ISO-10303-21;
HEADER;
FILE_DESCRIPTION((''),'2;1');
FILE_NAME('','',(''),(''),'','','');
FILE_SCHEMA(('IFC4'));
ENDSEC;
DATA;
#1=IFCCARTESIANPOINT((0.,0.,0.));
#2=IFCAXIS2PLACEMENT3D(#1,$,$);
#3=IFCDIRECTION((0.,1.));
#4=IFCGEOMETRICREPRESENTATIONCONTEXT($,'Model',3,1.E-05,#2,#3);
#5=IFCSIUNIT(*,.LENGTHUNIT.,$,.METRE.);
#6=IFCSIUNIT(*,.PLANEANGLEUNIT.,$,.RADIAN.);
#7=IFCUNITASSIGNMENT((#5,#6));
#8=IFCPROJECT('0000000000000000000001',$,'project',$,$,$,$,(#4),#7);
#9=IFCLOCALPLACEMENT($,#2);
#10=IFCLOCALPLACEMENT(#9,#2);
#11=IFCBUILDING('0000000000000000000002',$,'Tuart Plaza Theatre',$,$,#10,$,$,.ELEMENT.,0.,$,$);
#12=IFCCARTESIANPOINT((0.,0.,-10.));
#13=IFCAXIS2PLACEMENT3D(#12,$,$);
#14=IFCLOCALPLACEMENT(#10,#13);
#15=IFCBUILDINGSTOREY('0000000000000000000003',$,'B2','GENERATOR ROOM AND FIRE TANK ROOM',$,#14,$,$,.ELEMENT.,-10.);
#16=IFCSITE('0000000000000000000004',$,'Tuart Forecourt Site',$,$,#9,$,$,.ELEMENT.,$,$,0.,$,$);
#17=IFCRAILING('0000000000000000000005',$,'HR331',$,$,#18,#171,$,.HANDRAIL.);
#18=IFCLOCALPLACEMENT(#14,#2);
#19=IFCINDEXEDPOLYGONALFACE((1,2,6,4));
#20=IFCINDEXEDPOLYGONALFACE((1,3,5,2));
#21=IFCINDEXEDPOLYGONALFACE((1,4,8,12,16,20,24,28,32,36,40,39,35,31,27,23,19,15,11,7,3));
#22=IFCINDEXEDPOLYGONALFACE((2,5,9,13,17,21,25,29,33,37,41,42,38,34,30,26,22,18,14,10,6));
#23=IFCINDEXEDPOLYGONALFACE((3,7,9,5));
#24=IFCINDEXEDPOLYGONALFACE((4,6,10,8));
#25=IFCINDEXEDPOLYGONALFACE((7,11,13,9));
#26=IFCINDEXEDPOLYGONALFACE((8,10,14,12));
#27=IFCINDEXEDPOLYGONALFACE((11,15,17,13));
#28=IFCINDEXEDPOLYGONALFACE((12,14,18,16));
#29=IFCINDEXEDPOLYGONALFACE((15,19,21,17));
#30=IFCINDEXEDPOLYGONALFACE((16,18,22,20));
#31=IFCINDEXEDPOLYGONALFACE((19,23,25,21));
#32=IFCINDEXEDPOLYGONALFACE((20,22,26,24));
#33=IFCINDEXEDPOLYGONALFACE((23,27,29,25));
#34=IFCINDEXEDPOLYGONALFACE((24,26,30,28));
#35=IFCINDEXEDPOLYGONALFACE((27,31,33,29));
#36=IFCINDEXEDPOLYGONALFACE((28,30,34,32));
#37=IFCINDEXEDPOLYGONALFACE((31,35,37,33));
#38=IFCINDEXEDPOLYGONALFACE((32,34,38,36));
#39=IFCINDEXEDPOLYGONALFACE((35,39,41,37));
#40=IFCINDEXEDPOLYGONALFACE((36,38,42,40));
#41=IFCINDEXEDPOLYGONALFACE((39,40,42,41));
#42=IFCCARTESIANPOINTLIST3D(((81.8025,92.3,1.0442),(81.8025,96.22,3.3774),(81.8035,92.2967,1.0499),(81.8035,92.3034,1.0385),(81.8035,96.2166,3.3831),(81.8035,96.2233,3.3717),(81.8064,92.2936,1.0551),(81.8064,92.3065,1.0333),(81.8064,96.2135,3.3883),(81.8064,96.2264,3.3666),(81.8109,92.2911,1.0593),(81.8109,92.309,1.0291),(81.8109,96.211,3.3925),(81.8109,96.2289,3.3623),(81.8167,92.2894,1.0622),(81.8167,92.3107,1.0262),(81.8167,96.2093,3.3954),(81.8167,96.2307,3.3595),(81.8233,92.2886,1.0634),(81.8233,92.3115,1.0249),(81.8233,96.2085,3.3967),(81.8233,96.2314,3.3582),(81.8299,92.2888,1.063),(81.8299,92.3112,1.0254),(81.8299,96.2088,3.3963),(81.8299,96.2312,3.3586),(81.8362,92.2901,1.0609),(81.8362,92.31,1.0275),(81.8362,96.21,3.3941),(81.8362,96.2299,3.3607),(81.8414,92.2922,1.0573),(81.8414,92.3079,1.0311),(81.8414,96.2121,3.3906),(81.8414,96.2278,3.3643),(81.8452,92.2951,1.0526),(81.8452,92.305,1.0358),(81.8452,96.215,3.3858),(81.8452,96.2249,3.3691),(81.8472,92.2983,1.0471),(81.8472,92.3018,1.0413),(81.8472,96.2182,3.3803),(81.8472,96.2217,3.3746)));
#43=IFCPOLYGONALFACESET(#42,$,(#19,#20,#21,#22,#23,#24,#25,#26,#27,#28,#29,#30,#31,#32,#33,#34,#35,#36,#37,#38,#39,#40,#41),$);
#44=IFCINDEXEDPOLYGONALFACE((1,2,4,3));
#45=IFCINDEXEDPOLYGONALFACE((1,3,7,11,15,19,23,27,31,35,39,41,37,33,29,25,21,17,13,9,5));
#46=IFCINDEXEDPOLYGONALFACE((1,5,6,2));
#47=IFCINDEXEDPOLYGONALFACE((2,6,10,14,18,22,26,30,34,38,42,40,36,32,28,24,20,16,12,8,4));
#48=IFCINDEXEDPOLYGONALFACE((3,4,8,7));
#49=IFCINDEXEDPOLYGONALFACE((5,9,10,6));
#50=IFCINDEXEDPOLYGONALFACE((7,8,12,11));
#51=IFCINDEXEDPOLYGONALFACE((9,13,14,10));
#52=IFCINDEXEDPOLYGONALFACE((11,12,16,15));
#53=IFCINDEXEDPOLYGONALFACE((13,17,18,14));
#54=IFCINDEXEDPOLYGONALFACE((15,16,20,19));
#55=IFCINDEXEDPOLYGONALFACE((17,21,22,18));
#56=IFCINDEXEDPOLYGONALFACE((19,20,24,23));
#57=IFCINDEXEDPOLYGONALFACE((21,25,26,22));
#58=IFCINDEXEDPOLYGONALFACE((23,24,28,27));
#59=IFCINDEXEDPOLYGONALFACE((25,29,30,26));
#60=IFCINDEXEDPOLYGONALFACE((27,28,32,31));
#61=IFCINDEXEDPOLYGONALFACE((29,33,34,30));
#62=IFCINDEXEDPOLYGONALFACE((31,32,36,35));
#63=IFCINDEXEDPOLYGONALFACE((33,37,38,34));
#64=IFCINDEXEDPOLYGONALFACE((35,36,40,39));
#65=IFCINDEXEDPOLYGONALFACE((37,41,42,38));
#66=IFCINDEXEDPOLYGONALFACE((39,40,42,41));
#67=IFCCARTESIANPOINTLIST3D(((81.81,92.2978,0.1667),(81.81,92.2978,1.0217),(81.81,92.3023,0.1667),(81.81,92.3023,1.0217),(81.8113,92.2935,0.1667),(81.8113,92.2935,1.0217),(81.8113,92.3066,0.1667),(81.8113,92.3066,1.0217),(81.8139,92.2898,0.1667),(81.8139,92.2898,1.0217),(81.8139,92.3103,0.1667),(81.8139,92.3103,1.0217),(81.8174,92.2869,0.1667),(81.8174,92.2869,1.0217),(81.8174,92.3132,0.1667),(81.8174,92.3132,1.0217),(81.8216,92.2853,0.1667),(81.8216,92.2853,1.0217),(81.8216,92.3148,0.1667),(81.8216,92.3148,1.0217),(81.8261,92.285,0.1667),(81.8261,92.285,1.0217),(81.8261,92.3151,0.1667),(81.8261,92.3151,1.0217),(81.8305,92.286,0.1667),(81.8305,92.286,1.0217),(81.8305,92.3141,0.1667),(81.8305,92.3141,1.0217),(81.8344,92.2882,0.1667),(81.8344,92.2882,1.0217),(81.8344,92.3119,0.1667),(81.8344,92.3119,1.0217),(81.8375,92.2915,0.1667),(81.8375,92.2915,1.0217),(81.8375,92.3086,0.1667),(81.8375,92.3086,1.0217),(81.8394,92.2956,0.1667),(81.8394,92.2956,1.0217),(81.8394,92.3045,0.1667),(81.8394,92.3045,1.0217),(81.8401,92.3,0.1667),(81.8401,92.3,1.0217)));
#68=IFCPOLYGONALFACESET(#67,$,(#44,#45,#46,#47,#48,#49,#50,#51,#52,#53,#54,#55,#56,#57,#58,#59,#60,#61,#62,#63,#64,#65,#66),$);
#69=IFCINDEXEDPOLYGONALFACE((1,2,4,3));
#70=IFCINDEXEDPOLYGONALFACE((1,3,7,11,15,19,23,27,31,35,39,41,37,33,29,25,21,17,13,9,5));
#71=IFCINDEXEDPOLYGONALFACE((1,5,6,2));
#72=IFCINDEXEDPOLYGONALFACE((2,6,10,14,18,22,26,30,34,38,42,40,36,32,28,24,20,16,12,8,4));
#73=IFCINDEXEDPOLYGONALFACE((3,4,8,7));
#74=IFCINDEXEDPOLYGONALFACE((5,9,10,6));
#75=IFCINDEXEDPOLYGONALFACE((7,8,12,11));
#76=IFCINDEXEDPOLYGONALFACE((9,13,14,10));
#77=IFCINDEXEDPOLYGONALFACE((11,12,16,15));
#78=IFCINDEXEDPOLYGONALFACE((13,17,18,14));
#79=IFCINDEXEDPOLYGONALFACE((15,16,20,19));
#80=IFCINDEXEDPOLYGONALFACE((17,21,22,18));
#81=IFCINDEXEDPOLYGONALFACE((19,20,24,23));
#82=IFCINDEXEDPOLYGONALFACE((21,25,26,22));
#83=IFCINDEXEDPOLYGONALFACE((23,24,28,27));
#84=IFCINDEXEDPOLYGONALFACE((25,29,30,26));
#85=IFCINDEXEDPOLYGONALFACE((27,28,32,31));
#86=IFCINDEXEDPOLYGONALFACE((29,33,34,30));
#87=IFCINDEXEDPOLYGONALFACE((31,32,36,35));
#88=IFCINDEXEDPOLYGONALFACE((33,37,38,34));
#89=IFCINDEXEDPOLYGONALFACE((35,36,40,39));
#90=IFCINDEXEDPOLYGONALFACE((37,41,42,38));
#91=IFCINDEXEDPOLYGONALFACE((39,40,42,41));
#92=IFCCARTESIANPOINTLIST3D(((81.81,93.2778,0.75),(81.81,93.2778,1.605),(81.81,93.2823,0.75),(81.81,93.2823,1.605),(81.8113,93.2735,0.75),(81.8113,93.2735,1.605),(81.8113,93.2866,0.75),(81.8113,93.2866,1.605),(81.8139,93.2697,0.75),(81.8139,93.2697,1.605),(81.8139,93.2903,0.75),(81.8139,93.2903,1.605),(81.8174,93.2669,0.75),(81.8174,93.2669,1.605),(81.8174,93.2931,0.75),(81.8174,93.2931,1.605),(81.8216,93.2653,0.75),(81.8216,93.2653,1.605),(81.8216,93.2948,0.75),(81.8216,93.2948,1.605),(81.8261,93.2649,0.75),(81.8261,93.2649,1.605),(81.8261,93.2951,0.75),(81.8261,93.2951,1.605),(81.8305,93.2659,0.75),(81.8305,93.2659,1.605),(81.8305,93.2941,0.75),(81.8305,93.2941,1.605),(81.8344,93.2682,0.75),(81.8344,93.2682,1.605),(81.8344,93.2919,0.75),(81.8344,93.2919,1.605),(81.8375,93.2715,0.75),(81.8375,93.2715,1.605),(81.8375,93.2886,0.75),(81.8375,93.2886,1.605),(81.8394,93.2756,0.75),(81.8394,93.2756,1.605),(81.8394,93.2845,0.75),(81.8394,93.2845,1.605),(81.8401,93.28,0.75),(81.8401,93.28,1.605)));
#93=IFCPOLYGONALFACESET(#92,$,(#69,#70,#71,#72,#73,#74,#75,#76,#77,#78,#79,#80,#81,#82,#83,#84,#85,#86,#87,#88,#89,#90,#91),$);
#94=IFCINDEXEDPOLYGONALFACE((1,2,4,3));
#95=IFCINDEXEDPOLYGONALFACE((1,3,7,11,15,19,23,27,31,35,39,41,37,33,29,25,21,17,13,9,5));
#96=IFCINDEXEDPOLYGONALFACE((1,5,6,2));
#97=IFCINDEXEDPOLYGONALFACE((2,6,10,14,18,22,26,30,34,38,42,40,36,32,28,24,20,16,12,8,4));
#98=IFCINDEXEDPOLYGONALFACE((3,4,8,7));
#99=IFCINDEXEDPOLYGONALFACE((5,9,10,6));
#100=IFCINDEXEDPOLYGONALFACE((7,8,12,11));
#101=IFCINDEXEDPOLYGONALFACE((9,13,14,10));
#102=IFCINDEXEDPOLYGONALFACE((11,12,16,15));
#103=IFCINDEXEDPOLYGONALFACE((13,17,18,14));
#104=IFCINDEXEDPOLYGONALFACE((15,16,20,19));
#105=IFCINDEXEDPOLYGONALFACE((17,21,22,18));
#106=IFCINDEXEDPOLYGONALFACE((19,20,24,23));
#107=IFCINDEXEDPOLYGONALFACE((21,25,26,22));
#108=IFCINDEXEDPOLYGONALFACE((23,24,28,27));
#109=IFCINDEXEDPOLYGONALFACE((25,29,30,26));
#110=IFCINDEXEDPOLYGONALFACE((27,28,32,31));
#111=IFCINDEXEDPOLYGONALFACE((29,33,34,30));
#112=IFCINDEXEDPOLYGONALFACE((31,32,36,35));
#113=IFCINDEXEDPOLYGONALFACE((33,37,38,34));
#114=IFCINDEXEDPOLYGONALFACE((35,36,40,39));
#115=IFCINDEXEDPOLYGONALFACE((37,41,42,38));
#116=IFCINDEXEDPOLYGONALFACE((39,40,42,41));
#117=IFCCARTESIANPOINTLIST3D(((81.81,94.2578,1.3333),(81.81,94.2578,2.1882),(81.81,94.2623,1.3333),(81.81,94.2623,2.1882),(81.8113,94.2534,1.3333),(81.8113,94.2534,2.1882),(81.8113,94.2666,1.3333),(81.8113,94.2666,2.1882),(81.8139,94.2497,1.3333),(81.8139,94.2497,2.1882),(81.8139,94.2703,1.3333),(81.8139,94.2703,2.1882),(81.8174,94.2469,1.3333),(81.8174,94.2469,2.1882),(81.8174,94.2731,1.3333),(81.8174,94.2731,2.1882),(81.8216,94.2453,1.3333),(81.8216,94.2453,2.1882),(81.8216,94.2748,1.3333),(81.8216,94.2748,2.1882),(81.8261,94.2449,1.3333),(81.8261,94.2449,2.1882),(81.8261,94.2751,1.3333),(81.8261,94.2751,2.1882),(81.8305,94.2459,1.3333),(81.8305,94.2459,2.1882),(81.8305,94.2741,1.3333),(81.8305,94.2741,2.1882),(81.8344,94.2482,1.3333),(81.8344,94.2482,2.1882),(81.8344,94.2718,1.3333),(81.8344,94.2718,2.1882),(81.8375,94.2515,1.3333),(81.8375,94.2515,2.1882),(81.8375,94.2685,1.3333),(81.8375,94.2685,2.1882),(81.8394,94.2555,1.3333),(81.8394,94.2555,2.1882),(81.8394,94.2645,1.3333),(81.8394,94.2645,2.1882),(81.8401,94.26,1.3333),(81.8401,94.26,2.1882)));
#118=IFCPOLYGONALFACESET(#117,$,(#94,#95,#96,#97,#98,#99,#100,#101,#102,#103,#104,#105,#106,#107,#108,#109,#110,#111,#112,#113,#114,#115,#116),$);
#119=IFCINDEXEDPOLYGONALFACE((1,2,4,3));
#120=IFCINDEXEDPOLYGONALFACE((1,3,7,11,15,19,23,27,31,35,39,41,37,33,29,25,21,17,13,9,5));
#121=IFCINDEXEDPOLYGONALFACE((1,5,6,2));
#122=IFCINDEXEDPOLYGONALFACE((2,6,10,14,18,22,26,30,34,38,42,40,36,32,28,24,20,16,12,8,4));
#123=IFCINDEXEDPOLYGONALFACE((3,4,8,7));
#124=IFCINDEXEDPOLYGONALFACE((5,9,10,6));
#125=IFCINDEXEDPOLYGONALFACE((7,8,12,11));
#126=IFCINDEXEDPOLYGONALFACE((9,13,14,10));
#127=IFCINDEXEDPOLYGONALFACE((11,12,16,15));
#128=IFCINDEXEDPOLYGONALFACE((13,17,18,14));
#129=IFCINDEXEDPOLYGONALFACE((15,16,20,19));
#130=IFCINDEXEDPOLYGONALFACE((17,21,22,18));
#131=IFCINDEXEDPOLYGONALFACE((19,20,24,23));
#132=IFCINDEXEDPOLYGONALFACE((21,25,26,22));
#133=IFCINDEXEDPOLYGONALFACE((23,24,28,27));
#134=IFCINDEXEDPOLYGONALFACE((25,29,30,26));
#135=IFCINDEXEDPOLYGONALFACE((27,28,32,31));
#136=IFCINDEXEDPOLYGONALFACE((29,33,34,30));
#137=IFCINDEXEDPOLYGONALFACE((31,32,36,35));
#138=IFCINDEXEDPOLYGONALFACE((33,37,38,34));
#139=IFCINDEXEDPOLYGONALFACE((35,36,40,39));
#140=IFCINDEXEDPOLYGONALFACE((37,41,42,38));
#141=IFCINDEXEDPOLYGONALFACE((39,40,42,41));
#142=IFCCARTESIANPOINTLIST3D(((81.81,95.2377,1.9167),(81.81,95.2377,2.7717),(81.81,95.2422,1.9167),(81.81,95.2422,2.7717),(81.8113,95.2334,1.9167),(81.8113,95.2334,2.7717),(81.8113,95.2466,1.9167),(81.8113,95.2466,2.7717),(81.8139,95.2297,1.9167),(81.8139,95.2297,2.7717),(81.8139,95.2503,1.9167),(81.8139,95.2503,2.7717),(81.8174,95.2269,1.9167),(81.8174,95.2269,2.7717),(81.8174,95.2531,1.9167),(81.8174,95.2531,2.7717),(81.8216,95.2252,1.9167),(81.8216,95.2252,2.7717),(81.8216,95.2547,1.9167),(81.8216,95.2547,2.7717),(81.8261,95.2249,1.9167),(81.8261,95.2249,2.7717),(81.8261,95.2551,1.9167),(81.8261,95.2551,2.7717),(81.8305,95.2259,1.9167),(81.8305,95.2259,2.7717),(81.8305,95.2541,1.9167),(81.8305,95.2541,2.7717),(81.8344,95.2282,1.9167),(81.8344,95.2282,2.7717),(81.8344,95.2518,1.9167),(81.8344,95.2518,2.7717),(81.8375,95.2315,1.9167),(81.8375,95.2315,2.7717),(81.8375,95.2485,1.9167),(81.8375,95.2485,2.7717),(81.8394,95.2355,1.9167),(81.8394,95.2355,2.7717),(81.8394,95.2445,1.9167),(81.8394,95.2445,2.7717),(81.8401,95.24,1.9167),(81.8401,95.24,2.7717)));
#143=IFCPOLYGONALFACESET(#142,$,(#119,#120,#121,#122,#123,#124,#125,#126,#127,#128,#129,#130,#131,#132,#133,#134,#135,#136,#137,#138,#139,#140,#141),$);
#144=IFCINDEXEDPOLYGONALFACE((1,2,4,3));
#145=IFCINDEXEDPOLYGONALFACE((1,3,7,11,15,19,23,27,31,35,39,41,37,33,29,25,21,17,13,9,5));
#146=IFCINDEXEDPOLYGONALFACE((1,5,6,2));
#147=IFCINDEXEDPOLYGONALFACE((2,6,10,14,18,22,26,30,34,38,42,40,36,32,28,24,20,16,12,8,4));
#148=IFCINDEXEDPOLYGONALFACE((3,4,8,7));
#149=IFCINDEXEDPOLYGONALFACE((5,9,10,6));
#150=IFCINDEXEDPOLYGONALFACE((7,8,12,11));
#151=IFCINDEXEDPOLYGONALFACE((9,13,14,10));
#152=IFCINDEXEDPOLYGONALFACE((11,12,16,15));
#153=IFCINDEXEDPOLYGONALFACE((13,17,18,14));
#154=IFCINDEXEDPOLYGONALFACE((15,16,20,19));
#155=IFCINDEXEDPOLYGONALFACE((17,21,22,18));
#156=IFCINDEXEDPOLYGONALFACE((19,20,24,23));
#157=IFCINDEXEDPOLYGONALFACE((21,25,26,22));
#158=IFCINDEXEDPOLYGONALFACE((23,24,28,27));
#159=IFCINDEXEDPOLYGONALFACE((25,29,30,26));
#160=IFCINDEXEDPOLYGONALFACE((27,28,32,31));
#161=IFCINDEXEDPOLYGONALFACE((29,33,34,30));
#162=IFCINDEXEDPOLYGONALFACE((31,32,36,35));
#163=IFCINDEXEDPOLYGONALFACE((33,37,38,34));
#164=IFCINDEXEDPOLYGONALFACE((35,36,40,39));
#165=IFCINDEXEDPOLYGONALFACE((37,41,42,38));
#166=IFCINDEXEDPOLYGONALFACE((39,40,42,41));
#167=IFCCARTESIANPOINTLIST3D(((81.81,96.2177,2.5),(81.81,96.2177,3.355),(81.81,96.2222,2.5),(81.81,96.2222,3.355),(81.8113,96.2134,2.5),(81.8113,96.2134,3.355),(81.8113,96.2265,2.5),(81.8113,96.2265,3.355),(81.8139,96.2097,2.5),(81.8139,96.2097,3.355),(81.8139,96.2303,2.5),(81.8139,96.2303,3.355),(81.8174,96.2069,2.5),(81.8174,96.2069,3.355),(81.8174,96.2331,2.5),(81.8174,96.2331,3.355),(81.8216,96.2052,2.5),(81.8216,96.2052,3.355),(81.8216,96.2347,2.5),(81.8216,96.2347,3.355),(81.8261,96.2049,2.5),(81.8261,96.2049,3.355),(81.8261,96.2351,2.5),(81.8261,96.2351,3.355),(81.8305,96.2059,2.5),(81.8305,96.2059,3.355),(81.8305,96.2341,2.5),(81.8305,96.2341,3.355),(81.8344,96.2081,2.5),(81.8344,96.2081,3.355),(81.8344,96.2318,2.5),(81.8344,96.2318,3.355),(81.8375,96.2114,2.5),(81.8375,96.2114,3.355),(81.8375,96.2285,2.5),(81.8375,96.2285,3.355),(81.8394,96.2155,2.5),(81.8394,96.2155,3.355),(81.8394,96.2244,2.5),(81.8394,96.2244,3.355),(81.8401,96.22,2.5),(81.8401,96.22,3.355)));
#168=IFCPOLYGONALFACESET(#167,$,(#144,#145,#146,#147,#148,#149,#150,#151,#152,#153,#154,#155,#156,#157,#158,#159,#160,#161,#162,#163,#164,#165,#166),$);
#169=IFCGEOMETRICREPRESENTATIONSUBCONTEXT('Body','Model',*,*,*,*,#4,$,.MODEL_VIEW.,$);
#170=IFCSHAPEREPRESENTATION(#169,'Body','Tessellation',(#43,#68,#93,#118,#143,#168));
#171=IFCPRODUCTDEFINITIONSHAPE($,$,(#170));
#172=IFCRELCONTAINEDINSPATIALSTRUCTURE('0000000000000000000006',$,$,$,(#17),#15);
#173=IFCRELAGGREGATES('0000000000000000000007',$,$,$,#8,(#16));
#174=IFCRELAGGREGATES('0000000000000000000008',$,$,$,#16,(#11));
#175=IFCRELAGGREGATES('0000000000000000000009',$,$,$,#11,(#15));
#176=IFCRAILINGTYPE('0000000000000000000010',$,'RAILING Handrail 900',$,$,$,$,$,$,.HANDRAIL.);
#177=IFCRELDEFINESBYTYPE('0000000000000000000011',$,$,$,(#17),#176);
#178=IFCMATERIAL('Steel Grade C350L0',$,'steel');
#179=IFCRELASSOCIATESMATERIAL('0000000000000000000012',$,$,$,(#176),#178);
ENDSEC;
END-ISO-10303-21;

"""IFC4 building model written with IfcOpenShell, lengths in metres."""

from ifc_helpers import new_model, si_unit, direction, frame, origin, origin_2d, place, context, subcontext, project, spatial, circle, extrude, material, type_object, element, save


model = new_model("IFC4")

# Units and contexts
model_context = context("Model", 3, precision=1e-05, world=origin(), true_north=direction((0.0, 1.0)))
body_context = subcontext(model_context, "Body", "Model", "MODEL_VIEW")
ifc_project = project(units=[si_unit("LENGTHUNIT", "METRE"), si_unit("PLANEANGLEUNIT", "RADIAN")], contexts=[model_context])

# Site, building, storey
site_placement = place(None, origin())
site = spatial("IfcSite", under=ifc_project, at=site_placement, Name="Tuart Forecourt Site", CompositionType="ELEMENT", RefElevation=0.0)
building_placement = place(site_placement, origin())
building = spatial("IfcBuilding", under=site, at=building_placement, Name="Tuart Plaza Theatre", CompositionType="ELEMENT", ElevationOfRefHeight=0.0)
storey_placement = place(building_placement, frame((0.0, 0.0, -10.0)))
storey = spatial("IfcBuildingStorey", under=building, at=storey_placement, Name="B2", Description="GENERATOR ROOM AND FIRE TANK ROOM", CompositionType="ELEMENT", Elevation=-10.0)

# Railing
ifc_material_1 = material(Name="Steel Grade C350L0", Category="steel")
railing_type_1 = type_object("IfcRailingType", Name="RAILING Handrail 900", PredefinedType="HANDRAIL", material=ifc_material_1)
railing_1_placement = place(storey_placement, frame((81.825, 92.3, 0.1667)))
element("IfcRailing", 1, at=railing_1_placement, inside=storey, type_object=railing_type_1, Name="HR331", PredefinedType="HANDRAIL", context=body_context, shape_type="SweptSolid", body=[
    extrude(circle(Radius=0.0225, at=origin_2d()), frame((0.0, 0.0, 0.8774), z_axis=(0.0, 0.859296, 0.511478), x_axis=(-1.0, 0.0, 0.0)), (0.0, 0.0, 1.0), 4.5618),
    extrude(circle(Radius=0.0151, at=origin_2d()), origin(), (0.0, 0.0, 1.0), 0.855),
    extrude(circle(Radius=0.0151, at=origin_2d()), frame((0.0, 0.98, 0.5833)), (0.0, 0.0, 1.0), 0.855),
    extrude(circle(Radius=0.0151, at=origin_2d()), frame((0.0, 1.96, 1.1665)), (0.0, 0.0, 1.0), 0.855),
    extrude(circle(Radius=0.0151, at=origin_2d()), frame((0.0, 2.9399, 1.75)), (0.0, 0.0, 1.0), 0.855),
    extrude(circle(Radius=0.0151, at=origin_2d()), frame((0.0, 3.9199, 2.3333)), (0.0, 0.0, 1.0), 0.855),
])

save(model, "model.ifc")
